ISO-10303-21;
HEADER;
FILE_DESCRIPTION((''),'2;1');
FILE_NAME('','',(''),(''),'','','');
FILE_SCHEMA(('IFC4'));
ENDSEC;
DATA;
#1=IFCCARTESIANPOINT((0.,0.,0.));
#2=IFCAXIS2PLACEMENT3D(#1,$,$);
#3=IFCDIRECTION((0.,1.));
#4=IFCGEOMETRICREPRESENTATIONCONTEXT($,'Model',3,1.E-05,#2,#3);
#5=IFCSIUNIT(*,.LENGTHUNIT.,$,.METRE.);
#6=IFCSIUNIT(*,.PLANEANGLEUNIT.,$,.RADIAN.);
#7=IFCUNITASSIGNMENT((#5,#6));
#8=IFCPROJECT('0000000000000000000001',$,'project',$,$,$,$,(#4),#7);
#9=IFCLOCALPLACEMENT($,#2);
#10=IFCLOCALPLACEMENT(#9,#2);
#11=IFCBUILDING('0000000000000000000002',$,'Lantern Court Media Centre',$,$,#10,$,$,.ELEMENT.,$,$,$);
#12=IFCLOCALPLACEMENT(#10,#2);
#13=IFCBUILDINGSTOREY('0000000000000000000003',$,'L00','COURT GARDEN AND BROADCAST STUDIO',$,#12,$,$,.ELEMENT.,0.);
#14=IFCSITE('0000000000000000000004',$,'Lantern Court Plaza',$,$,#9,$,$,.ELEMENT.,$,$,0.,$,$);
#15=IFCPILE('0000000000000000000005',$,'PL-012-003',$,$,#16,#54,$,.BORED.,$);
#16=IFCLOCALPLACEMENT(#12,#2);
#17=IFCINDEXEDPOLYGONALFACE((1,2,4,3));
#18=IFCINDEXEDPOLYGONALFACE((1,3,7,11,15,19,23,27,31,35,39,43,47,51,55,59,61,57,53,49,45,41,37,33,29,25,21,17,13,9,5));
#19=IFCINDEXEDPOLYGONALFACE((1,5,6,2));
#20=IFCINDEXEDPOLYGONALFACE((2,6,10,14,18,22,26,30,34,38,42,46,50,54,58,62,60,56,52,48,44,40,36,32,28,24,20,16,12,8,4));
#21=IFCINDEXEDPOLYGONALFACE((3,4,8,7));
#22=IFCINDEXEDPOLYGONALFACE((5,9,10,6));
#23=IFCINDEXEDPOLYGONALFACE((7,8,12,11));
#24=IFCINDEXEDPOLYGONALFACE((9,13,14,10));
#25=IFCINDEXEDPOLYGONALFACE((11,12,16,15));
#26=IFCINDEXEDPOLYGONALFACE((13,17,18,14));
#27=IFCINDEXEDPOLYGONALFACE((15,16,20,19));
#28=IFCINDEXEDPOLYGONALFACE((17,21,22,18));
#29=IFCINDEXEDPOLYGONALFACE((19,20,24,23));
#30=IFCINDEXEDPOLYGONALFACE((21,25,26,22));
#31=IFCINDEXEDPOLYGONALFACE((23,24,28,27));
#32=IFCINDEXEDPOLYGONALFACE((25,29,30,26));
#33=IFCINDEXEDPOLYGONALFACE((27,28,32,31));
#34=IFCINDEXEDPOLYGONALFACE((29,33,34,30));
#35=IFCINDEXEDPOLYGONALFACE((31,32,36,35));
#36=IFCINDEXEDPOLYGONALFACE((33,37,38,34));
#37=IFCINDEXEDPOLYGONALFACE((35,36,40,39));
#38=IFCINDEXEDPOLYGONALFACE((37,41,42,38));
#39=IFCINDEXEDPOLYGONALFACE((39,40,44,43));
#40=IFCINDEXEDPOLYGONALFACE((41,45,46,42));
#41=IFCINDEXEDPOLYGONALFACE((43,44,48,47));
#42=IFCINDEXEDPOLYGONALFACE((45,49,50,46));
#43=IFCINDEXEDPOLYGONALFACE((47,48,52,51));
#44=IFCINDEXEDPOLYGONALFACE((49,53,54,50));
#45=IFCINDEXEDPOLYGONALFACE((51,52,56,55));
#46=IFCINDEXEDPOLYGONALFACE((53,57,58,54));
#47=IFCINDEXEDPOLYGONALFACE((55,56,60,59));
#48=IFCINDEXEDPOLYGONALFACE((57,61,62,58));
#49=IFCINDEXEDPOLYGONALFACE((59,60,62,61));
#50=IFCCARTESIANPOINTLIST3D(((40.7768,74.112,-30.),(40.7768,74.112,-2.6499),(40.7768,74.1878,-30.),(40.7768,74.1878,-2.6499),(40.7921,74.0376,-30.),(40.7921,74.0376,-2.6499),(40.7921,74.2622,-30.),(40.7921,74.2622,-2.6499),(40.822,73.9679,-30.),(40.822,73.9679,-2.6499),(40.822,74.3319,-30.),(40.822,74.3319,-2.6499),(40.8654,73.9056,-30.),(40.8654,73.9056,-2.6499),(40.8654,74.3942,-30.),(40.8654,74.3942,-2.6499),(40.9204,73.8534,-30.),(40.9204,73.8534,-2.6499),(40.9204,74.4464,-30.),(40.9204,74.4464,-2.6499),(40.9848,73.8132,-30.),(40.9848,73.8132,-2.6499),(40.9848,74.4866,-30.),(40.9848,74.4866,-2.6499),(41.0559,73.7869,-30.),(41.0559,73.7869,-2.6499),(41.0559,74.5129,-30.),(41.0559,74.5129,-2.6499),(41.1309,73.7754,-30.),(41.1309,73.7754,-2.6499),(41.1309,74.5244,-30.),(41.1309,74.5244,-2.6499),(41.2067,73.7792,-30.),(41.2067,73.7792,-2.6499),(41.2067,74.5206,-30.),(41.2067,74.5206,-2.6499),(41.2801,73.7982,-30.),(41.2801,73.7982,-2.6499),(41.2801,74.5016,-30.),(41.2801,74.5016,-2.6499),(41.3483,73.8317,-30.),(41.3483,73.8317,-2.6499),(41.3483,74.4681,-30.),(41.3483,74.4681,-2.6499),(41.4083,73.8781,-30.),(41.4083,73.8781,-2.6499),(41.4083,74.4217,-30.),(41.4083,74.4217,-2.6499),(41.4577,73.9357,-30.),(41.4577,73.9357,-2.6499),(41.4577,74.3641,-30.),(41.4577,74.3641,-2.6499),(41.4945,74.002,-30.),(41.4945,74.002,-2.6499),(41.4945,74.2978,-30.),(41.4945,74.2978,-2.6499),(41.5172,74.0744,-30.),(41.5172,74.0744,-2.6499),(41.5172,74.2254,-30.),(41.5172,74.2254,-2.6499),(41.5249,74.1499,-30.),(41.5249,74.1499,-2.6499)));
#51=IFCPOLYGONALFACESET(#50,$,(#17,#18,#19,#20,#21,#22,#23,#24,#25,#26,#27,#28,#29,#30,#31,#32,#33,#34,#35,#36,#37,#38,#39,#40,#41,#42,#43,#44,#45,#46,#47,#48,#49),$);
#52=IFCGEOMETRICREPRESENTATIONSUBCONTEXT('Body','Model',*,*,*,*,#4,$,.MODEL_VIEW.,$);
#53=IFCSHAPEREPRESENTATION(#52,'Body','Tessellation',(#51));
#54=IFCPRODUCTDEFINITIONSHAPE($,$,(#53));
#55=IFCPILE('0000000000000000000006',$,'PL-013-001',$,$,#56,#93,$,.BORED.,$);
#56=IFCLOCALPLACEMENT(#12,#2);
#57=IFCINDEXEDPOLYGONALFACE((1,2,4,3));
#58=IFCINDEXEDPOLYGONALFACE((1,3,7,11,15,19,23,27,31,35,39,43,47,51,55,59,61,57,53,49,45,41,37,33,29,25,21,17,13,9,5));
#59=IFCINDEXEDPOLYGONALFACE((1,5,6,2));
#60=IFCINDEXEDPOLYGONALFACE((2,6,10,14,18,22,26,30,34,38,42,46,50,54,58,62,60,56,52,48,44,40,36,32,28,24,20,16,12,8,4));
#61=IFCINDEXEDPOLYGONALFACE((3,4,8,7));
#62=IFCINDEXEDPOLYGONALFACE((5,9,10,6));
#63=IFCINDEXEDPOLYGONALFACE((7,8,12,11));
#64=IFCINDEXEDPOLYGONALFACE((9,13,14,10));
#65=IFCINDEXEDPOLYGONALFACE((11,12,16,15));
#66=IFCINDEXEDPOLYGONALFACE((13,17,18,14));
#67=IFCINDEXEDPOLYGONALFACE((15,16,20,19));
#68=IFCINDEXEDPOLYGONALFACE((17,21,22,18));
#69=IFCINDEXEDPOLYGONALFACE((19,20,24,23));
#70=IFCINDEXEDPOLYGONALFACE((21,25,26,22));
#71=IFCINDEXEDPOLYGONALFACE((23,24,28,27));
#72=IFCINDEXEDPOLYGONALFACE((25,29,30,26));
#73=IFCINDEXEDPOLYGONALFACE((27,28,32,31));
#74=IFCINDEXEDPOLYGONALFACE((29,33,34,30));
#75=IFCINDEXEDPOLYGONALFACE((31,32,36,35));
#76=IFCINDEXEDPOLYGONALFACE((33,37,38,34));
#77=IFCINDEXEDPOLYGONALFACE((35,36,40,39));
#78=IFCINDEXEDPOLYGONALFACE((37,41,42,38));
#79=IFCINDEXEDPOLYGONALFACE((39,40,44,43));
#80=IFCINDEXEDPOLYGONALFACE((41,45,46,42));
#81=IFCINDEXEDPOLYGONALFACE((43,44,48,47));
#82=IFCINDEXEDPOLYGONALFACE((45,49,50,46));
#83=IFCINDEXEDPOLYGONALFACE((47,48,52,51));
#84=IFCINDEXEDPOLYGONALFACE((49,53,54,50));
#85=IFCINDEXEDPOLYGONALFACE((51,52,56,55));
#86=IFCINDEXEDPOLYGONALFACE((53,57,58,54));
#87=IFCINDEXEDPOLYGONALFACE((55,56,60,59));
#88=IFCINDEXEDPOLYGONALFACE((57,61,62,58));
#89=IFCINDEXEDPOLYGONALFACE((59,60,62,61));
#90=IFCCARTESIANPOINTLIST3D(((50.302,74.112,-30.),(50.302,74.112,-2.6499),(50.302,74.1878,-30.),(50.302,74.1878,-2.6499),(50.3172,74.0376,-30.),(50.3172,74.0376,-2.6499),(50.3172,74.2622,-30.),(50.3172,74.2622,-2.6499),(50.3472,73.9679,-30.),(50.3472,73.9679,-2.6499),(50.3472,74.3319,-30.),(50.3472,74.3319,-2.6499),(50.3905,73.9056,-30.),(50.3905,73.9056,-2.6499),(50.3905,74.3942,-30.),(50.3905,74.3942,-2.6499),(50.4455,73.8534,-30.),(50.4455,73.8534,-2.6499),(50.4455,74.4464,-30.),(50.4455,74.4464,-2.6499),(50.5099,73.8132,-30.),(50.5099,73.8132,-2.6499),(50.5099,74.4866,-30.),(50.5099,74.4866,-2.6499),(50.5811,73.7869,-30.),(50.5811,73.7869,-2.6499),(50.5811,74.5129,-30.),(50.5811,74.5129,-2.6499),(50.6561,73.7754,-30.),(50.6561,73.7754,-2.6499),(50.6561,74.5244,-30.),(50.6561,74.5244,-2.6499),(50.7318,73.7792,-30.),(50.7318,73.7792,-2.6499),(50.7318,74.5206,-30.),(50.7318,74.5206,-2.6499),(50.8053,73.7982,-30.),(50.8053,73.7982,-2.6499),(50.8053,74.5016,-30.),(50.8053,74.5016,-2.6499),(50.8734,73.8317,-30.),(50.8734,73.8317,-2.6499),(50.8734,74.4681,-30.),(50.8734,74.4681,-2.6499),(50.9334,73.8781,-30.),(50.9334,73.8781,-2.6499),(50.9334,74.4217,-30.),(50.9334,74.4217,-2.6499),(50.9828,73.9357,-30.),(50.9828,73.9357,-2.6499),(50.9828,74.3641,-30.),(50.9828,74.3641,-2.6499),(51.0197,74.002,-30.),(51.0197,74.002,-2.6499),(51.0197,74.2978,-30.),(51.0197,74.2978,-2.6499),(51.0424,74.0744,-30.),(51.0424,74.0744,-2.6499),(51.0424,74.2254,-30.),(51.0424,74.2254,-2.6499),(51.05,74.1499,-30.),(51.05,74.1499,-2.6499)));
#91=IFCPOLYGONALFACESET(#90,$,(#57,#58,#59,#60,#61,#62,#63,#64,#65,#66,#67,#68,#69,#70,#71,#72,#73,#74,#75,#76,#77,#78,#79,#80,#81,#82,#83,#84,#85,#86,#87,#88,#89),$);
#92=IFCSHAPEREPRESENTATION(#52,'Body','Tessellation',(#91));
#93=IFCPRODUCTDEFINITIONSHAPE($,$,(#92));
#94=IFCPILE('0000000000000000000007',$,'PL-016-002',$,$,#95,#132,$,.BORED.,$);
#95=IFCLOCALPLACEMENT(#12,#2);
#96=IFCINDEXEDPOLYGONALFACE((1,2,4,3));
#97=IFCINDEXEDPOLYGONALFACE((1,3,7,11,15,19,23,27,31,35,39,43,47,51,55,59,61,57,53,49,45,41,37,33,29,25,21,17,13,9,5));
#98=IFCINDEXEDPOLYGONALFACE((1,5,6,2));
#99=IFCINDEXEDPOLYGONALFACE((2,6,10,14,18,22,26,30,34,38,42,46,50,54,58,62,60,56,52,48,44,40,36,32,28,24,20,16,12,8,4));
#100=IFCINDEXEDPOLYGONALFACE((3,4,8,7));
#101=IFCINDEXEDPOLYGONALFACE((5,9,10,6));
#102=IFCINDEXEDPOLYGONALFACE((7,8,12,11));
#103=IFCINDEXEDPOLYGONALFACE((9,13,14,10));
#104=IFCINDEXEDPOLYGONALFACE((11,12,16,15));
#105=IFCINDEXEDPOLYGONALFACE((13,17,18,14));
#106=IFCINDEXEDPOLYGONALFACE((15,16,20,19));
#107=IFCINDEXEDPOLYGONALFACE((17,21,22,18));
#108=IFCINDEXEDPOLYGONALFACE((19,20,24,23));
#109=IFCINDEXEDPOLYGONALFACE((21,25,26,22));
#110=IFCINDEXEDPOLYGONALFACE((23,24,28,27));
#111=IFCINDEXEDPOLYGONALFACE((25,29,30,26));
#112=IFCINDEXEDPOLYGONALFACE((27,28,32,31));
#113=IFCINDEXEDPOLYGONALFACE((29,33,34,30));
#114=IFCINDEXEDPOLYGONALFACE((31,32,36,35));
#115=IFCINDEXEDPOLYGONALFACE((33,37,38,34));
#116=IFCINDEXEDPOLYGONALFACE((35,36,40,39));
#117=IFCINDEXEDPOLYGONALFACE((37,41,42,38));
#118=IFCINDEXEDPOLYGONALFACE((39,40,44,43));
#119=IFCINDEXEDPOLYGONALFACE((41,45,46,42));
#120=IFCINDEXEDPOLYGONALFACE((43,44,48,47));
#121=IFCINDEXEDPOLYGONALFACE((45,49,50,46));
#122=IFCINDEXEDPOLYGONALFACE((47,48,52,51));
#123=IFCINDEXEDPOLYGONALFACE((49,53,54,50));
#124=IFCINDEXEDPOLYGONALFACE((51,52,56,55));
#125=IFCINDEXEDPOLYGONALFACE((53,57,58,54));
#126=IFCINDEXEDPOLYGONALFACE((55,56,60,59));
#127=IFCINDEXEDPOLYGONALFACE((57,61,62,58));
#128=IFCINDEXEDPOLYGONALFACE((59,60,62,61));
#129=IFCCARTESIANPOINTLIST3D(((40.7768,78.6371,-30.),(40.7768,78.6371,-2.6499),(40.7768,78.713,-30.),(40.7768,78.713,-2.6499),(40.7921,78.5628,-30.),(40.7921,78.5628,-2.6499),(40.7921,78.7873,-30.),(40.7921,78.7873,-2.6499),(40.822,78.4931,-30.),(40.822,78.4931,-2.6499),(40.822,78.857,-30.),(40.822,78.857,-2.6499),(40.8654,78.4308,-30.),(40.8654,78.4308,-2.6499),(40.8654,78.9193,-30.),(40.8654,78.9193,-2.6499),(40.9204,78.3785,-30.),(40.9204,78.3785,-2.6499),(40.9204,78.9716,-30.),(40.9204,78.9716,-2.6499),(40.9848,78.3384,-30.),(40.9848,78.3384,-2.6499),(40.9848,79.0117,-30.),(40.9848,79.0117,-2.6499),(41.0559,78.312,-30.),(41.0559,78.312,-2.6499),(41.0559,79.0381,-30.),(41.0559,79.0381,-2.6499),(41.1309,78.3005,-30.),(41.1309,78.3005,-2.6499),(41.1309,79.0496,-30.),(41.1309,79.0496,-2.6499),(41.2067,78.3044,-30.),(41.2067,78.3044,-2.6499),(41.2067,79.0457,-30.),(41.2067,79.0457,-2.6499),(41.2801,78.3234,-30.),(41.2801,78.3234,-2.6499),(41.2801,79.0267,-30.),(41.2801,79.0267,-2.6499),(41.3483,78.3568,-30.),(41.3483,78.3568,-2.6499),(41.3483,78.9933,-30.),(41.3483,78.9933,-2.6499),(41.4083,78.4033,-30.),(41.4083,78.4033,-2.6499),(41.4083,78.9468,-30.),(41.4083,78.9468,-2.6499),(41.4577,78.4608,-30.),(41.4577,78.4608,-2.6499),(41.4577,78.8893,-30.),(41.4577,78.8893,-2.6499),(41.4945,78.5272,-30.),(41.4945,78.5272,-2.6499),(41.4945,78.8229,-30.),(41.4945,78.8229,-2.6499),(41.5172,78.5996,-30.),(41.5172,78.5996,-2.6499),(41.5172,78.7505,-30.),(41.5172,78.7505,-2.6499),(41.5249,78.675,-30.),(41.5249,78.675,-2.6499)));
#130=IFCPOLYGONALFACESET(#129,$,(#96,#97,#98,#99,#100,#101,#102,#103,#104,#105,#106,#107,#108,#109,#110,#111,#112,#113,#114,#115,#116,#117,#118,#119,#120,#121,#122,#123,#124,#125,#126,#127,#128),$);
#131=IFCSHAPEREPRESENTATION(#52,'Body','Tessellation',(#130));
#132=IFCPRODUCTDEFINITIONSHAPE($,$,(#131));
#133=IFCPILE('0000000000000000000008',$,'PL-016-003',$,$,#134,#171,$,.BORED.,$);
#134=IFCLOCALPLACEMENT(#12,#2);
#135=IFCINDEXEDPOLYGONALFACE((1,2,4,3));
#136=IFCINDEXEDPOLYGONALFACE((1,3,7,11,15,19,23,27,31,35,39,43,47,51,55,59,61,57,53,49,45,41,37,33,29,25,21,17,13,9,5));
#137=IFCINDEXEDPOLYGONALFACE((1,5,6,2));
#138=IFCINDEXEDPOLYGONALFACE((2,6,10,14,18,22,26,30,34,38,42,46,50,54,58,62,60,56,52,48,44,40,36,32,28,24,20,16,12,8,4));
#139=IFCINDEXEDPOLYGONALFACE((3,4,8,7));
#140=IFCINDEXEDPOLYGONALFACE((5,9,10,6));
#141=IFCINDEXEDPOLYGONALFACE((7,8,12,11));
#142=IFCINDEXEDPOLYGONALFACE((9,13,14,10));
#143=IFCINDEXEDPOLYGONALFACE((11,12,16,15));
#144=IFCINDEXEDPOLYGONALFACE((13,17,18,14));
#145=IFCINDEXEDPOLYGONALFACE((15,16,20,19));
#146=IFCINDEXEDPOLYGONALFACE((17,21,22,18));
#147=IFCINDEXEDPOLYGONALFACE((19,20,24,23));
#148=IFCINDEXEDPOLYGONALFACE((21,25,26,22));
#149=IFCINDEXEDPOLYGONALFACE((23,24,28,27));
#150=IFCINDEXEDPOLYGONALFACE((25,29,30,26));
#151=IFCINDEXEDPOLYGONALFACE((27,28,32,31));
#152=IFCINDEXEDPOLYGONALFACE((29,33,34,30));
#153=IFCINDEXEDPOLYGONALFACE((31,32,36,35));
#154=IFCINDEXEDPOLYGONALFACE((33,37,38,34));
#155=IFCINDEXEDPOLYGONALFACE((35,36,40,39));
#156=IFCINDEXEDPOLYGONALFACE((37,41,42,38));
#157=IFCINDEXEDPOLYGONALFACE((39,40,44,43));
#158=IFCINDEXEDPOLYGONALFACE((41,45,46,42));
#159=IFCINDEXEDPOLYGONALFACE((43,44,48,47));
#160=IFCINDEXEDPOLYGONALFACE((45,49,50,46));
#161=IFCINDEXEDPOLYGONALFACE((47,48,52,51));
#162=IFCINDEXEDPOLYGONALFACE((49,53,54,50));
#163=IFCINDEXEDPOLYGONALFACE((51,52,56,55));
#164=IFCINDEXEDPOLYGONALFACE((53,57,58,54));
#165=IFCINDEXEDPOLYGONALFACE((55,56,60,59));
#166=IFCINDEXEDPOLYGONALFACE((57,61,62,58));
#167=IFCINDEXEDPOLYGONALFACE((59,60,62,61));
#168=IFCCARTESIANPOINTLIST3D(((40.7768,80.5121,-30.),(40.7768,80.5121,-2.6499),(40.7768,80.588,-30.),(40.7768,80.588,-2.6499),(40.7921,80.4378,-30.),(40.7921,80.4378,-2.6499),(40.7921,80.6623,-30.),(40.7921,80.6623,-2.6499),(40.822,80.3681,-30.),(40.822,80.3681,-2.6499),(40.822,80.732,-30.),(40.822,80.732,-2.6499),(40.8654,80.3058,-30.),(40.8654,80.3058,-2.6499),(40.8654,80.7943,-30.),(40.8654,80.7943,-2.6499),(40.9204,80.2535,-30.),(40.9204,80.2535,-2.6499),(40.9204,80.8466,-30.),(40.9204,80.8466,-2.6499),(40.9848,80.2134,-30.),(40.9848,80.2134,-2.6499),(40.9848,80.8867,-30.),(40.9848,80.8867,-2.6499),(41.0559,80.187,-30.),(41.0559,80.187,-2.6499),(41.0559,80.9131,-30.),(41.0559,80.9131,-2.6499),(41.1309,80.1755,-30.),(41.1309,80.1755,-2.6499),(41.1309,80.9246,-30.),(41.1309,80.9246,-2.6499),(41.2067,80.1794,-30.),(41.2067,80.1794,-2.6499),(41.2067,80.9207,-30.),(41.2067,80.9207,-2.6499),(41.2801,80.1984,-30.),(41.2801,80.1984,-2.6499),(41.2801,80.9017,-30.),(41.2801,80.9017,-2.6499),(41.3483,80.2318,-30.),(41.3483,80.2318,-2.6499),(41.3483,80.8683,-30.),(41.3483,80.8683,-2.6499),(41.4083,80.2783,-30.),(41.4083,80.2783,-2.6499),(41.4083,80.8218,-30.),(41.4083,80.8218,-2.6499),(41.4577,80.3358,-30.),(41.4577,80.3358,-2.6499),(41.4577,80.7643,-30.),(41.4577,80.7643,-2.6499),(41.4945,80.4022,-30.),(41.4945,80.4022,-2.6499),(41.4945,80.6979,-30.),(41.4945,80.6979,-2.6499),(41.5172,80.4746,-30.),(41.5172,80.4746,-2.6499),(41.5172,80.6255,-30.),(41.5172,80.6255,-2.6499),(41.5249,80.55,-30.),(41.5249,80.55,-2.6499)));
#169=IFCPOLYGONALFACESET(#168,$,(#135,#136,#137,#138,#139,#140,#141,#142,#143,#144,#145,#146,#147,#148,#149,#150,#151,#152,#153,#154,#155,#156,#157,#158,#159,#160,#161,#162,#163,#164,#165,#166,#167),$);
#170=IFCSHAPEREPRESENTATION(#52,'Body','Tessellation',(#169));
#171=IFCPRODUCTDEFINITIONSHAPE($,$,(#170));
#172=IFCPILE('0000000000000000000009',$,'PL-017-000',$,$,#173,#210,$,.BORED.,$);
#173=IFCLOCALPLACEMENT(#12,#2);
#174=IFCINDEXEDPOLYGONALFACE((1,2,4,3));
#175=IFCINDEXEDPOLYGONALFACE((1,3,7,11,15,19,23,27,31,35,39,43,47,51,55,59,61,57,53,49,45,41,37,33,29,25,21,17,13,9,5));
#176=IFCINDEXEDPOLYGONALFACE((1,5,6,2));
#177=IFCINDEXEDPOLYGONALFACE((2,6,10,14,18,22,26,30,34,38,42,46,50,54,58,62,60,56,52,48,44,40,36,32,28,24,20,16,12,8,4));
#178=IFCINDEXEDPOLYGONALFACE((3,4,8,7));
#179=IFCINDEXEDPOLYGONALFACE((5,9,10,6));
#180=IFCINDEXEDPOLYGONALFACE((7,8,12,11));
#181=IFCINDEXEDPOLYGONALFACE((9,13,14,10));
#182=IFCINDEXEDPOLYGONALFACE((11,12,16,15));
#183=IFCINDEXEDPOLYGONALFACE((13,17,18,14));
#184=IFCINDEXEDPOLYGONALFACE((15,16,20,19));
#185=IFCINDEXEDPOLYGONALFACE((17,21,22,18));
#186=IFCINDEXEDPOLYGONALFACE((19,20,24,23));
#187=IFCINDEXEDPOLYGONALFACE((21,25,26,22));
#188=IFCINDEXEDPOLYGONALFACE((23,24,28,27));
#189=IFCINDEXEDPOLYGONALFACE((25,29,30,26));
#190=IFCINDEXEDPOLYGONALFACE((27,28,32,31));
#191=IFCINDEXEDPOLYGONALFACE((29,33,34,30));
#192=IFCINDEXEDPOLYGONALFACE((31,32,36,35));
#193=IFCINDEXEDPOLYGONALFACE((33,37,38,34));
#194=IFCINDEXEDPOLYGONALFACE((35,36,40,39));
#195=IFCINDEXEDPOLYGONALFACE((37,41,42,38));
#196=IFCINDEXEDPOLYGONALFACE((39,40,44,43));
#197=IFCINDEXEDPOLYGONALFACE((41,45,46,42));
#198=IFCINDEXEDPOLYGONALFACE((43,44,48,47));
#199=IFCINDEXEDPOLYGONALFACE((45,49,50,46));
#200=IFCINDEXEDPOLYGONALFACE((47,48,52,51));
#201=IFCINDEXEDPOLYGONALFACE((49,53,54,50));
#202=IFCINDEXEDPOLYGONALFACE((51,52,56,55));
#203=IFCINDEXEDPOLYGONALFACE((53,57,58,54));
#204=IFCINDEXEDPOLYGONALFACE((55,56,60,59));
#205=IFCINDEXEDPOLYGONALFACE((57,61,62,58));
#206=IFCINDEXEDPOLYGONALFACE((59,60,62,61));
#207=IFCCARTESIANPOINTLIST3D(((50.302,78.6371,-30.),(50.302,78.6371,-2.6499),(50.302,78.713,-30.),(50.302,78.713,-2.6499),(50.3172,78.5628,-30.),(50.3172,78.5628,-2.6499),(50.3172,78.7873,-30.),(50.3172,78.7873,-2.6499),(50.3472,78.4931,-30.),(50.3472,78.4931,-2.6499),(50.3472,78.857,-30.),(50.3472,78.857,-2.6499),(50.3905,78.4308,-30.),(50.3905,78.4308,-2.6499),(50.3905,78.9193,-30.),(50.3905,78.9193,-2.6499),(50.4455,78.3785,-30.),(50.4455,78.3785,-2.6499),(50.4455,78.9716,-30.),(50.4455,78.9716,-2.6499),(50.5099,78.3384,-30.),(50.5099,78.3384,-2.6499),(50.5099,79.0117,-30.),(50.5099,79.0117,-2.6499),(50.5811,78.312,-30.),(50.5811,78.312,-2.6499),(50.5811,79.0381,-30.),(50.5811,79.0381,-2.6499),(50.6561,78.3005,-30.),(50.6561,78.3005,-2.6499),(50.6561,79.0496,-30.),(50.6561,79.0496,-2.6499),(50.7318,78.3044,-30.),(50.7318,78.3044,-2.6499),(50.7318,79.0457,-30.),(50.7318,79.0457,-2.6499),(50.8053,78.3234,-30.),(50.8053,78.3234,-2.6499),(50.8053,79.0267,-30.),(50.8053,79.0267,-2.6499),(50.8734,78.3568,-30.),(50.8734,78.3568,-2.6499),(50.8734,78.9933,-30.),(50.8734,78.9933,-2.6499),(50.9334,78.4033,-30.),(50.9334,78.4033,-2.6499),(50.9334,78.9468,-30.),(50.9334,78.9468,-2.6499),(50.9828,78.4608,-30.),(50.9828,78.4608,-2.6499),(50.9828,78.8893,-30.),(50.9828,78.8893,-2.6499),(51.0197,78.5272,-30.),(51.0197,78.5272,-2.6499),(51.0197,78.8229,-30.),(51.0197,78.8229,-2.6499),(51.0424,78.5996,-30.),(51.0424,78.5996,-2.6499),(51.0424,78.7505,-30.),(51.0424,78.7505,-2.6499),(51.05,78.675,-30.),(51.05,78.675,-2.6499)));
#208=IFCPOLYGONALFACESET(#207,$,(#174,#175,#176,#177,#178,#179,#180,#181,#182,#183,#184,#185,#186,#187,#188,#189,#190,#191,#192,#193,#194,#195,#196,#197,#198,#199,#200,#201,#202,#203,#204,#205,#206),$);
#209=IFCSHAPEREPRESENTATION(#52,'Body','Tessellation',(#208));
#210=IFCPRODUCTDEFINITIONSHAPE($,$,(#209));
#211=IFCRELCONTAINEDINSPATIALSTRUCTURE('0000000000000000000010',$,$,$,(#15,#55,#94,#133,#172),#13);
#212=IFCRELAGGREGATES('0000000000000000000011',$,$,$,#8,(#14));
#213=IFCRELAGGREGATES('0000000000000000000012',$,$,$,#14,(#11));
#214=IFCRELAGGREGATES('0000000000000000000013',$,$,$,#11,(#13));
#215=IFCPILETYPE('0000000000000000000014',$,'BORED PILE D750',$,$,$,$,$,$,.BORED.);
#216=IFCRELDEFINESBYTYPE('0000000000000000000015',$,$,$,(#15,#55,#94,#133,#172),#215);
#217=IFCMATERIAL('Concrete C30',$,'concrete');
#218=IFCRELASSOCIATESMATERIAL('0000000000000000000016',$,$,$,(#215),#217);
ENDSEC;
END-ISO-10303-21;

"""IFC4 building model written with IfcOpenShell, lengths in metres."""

from ifc_helpers import new_model, si_unit, direction, frame, origin, origin_2d, place, context, subcontext, project, spatial, circle, extrude, material, material_profile, profile_set, type_object, element, save


model = new_model("IFC4")

# Units and contexts
model_context = context("Model", 3, precision=1e-05, world=origin(), true_north=direction((0.0, 1.0)))
body_context = subcontext(model_context, "Body", "Model", "MODEL_VIEW")
ifc_project = project(units=[si_unit("LENGTHUNIT", "METRE"), si_unit("PLANEANGLEUNIT", "RADIAN")], contexts=[model_context])

# Site, building, storey
site_placement = place(None, origin())
site = spatial("IfcSite", under=ifc_project, at=site_placement, Name="Lantern Court Plaza", CompositionType="ELEMENT", RefElevation=0.0)
building_placement = place(site_placement, origin())
building = spatial("IfcBuilding", under=site, at=building_placement, Name="Lantern Court Media Centre", CompositionType="ELEMENT")
storey_placement = place(building_placement, origin())
storey = spatial("IfcBuildingStorey", under=building, at=storey_placement, Name="L00", Description="COURT GARDEN AND BROADCAST STUDIO", CompositionType="ELEMENT", Elevation=0.0)

# Piles
ifc_material_1 = material(Name="Concrete C30", Category="concrete")
ifc_material_profile_1 = material_profile(ifc_material_1, circle(Radius=0.375, at=origin_2d()), Name="D750")
ifc_profile_set_1 = profile_set([ifc_material_profile_1], Name="Concrete C30")
pile_type = type_object("IfcPileType", Name="BORED PILE D750", PredefinedType="BORED", material=ifc_profile_set_1)
for number, where, z_axis, x_axis, name in (
    (1, (41.1499, 74.1499, -2.6499), (0.0, 0.0, -1.0), (1.0, 0.0, 0.0), "PL-012-003"),
    (2, (50.675, 74.1499, -2.6499), (0.0, 0.0, -1.0), (1.0, 0.0, 0.0), "PL-013-001"),
    (3, (41.1499, 78.675, -2.6499), (0.0, 0.0, -1.0), (1.0, 0.0, 0.0), "PL-016-002"),
    (4, (41.1499, 80.55, -2.6499), (0.0, 0.0, -1.0), (1.0, 0.0, 0.0), "PL-016-003"),
    (5, (50.675, 78.675, -2.6499), (0.0, 0.0, -1.0), (1.0, 0.0, 0.0), "PL-017-000"),
):
    element("IfcPile", number, at=place(storey_placement, frame(where, z_axis=z_axis, x_axis=x_axis)), inside=storey, type_object=pile_type, Name=name, PredefinedType="BORED", context=body_context, shape_type="SweptSolid", body=[
        extrude(circle(Radius=0.375, at=origin_2d()), origin(), (0.0, 0.0, 1.0), 27.3501),
    ])

save(model, "model.ifc")
